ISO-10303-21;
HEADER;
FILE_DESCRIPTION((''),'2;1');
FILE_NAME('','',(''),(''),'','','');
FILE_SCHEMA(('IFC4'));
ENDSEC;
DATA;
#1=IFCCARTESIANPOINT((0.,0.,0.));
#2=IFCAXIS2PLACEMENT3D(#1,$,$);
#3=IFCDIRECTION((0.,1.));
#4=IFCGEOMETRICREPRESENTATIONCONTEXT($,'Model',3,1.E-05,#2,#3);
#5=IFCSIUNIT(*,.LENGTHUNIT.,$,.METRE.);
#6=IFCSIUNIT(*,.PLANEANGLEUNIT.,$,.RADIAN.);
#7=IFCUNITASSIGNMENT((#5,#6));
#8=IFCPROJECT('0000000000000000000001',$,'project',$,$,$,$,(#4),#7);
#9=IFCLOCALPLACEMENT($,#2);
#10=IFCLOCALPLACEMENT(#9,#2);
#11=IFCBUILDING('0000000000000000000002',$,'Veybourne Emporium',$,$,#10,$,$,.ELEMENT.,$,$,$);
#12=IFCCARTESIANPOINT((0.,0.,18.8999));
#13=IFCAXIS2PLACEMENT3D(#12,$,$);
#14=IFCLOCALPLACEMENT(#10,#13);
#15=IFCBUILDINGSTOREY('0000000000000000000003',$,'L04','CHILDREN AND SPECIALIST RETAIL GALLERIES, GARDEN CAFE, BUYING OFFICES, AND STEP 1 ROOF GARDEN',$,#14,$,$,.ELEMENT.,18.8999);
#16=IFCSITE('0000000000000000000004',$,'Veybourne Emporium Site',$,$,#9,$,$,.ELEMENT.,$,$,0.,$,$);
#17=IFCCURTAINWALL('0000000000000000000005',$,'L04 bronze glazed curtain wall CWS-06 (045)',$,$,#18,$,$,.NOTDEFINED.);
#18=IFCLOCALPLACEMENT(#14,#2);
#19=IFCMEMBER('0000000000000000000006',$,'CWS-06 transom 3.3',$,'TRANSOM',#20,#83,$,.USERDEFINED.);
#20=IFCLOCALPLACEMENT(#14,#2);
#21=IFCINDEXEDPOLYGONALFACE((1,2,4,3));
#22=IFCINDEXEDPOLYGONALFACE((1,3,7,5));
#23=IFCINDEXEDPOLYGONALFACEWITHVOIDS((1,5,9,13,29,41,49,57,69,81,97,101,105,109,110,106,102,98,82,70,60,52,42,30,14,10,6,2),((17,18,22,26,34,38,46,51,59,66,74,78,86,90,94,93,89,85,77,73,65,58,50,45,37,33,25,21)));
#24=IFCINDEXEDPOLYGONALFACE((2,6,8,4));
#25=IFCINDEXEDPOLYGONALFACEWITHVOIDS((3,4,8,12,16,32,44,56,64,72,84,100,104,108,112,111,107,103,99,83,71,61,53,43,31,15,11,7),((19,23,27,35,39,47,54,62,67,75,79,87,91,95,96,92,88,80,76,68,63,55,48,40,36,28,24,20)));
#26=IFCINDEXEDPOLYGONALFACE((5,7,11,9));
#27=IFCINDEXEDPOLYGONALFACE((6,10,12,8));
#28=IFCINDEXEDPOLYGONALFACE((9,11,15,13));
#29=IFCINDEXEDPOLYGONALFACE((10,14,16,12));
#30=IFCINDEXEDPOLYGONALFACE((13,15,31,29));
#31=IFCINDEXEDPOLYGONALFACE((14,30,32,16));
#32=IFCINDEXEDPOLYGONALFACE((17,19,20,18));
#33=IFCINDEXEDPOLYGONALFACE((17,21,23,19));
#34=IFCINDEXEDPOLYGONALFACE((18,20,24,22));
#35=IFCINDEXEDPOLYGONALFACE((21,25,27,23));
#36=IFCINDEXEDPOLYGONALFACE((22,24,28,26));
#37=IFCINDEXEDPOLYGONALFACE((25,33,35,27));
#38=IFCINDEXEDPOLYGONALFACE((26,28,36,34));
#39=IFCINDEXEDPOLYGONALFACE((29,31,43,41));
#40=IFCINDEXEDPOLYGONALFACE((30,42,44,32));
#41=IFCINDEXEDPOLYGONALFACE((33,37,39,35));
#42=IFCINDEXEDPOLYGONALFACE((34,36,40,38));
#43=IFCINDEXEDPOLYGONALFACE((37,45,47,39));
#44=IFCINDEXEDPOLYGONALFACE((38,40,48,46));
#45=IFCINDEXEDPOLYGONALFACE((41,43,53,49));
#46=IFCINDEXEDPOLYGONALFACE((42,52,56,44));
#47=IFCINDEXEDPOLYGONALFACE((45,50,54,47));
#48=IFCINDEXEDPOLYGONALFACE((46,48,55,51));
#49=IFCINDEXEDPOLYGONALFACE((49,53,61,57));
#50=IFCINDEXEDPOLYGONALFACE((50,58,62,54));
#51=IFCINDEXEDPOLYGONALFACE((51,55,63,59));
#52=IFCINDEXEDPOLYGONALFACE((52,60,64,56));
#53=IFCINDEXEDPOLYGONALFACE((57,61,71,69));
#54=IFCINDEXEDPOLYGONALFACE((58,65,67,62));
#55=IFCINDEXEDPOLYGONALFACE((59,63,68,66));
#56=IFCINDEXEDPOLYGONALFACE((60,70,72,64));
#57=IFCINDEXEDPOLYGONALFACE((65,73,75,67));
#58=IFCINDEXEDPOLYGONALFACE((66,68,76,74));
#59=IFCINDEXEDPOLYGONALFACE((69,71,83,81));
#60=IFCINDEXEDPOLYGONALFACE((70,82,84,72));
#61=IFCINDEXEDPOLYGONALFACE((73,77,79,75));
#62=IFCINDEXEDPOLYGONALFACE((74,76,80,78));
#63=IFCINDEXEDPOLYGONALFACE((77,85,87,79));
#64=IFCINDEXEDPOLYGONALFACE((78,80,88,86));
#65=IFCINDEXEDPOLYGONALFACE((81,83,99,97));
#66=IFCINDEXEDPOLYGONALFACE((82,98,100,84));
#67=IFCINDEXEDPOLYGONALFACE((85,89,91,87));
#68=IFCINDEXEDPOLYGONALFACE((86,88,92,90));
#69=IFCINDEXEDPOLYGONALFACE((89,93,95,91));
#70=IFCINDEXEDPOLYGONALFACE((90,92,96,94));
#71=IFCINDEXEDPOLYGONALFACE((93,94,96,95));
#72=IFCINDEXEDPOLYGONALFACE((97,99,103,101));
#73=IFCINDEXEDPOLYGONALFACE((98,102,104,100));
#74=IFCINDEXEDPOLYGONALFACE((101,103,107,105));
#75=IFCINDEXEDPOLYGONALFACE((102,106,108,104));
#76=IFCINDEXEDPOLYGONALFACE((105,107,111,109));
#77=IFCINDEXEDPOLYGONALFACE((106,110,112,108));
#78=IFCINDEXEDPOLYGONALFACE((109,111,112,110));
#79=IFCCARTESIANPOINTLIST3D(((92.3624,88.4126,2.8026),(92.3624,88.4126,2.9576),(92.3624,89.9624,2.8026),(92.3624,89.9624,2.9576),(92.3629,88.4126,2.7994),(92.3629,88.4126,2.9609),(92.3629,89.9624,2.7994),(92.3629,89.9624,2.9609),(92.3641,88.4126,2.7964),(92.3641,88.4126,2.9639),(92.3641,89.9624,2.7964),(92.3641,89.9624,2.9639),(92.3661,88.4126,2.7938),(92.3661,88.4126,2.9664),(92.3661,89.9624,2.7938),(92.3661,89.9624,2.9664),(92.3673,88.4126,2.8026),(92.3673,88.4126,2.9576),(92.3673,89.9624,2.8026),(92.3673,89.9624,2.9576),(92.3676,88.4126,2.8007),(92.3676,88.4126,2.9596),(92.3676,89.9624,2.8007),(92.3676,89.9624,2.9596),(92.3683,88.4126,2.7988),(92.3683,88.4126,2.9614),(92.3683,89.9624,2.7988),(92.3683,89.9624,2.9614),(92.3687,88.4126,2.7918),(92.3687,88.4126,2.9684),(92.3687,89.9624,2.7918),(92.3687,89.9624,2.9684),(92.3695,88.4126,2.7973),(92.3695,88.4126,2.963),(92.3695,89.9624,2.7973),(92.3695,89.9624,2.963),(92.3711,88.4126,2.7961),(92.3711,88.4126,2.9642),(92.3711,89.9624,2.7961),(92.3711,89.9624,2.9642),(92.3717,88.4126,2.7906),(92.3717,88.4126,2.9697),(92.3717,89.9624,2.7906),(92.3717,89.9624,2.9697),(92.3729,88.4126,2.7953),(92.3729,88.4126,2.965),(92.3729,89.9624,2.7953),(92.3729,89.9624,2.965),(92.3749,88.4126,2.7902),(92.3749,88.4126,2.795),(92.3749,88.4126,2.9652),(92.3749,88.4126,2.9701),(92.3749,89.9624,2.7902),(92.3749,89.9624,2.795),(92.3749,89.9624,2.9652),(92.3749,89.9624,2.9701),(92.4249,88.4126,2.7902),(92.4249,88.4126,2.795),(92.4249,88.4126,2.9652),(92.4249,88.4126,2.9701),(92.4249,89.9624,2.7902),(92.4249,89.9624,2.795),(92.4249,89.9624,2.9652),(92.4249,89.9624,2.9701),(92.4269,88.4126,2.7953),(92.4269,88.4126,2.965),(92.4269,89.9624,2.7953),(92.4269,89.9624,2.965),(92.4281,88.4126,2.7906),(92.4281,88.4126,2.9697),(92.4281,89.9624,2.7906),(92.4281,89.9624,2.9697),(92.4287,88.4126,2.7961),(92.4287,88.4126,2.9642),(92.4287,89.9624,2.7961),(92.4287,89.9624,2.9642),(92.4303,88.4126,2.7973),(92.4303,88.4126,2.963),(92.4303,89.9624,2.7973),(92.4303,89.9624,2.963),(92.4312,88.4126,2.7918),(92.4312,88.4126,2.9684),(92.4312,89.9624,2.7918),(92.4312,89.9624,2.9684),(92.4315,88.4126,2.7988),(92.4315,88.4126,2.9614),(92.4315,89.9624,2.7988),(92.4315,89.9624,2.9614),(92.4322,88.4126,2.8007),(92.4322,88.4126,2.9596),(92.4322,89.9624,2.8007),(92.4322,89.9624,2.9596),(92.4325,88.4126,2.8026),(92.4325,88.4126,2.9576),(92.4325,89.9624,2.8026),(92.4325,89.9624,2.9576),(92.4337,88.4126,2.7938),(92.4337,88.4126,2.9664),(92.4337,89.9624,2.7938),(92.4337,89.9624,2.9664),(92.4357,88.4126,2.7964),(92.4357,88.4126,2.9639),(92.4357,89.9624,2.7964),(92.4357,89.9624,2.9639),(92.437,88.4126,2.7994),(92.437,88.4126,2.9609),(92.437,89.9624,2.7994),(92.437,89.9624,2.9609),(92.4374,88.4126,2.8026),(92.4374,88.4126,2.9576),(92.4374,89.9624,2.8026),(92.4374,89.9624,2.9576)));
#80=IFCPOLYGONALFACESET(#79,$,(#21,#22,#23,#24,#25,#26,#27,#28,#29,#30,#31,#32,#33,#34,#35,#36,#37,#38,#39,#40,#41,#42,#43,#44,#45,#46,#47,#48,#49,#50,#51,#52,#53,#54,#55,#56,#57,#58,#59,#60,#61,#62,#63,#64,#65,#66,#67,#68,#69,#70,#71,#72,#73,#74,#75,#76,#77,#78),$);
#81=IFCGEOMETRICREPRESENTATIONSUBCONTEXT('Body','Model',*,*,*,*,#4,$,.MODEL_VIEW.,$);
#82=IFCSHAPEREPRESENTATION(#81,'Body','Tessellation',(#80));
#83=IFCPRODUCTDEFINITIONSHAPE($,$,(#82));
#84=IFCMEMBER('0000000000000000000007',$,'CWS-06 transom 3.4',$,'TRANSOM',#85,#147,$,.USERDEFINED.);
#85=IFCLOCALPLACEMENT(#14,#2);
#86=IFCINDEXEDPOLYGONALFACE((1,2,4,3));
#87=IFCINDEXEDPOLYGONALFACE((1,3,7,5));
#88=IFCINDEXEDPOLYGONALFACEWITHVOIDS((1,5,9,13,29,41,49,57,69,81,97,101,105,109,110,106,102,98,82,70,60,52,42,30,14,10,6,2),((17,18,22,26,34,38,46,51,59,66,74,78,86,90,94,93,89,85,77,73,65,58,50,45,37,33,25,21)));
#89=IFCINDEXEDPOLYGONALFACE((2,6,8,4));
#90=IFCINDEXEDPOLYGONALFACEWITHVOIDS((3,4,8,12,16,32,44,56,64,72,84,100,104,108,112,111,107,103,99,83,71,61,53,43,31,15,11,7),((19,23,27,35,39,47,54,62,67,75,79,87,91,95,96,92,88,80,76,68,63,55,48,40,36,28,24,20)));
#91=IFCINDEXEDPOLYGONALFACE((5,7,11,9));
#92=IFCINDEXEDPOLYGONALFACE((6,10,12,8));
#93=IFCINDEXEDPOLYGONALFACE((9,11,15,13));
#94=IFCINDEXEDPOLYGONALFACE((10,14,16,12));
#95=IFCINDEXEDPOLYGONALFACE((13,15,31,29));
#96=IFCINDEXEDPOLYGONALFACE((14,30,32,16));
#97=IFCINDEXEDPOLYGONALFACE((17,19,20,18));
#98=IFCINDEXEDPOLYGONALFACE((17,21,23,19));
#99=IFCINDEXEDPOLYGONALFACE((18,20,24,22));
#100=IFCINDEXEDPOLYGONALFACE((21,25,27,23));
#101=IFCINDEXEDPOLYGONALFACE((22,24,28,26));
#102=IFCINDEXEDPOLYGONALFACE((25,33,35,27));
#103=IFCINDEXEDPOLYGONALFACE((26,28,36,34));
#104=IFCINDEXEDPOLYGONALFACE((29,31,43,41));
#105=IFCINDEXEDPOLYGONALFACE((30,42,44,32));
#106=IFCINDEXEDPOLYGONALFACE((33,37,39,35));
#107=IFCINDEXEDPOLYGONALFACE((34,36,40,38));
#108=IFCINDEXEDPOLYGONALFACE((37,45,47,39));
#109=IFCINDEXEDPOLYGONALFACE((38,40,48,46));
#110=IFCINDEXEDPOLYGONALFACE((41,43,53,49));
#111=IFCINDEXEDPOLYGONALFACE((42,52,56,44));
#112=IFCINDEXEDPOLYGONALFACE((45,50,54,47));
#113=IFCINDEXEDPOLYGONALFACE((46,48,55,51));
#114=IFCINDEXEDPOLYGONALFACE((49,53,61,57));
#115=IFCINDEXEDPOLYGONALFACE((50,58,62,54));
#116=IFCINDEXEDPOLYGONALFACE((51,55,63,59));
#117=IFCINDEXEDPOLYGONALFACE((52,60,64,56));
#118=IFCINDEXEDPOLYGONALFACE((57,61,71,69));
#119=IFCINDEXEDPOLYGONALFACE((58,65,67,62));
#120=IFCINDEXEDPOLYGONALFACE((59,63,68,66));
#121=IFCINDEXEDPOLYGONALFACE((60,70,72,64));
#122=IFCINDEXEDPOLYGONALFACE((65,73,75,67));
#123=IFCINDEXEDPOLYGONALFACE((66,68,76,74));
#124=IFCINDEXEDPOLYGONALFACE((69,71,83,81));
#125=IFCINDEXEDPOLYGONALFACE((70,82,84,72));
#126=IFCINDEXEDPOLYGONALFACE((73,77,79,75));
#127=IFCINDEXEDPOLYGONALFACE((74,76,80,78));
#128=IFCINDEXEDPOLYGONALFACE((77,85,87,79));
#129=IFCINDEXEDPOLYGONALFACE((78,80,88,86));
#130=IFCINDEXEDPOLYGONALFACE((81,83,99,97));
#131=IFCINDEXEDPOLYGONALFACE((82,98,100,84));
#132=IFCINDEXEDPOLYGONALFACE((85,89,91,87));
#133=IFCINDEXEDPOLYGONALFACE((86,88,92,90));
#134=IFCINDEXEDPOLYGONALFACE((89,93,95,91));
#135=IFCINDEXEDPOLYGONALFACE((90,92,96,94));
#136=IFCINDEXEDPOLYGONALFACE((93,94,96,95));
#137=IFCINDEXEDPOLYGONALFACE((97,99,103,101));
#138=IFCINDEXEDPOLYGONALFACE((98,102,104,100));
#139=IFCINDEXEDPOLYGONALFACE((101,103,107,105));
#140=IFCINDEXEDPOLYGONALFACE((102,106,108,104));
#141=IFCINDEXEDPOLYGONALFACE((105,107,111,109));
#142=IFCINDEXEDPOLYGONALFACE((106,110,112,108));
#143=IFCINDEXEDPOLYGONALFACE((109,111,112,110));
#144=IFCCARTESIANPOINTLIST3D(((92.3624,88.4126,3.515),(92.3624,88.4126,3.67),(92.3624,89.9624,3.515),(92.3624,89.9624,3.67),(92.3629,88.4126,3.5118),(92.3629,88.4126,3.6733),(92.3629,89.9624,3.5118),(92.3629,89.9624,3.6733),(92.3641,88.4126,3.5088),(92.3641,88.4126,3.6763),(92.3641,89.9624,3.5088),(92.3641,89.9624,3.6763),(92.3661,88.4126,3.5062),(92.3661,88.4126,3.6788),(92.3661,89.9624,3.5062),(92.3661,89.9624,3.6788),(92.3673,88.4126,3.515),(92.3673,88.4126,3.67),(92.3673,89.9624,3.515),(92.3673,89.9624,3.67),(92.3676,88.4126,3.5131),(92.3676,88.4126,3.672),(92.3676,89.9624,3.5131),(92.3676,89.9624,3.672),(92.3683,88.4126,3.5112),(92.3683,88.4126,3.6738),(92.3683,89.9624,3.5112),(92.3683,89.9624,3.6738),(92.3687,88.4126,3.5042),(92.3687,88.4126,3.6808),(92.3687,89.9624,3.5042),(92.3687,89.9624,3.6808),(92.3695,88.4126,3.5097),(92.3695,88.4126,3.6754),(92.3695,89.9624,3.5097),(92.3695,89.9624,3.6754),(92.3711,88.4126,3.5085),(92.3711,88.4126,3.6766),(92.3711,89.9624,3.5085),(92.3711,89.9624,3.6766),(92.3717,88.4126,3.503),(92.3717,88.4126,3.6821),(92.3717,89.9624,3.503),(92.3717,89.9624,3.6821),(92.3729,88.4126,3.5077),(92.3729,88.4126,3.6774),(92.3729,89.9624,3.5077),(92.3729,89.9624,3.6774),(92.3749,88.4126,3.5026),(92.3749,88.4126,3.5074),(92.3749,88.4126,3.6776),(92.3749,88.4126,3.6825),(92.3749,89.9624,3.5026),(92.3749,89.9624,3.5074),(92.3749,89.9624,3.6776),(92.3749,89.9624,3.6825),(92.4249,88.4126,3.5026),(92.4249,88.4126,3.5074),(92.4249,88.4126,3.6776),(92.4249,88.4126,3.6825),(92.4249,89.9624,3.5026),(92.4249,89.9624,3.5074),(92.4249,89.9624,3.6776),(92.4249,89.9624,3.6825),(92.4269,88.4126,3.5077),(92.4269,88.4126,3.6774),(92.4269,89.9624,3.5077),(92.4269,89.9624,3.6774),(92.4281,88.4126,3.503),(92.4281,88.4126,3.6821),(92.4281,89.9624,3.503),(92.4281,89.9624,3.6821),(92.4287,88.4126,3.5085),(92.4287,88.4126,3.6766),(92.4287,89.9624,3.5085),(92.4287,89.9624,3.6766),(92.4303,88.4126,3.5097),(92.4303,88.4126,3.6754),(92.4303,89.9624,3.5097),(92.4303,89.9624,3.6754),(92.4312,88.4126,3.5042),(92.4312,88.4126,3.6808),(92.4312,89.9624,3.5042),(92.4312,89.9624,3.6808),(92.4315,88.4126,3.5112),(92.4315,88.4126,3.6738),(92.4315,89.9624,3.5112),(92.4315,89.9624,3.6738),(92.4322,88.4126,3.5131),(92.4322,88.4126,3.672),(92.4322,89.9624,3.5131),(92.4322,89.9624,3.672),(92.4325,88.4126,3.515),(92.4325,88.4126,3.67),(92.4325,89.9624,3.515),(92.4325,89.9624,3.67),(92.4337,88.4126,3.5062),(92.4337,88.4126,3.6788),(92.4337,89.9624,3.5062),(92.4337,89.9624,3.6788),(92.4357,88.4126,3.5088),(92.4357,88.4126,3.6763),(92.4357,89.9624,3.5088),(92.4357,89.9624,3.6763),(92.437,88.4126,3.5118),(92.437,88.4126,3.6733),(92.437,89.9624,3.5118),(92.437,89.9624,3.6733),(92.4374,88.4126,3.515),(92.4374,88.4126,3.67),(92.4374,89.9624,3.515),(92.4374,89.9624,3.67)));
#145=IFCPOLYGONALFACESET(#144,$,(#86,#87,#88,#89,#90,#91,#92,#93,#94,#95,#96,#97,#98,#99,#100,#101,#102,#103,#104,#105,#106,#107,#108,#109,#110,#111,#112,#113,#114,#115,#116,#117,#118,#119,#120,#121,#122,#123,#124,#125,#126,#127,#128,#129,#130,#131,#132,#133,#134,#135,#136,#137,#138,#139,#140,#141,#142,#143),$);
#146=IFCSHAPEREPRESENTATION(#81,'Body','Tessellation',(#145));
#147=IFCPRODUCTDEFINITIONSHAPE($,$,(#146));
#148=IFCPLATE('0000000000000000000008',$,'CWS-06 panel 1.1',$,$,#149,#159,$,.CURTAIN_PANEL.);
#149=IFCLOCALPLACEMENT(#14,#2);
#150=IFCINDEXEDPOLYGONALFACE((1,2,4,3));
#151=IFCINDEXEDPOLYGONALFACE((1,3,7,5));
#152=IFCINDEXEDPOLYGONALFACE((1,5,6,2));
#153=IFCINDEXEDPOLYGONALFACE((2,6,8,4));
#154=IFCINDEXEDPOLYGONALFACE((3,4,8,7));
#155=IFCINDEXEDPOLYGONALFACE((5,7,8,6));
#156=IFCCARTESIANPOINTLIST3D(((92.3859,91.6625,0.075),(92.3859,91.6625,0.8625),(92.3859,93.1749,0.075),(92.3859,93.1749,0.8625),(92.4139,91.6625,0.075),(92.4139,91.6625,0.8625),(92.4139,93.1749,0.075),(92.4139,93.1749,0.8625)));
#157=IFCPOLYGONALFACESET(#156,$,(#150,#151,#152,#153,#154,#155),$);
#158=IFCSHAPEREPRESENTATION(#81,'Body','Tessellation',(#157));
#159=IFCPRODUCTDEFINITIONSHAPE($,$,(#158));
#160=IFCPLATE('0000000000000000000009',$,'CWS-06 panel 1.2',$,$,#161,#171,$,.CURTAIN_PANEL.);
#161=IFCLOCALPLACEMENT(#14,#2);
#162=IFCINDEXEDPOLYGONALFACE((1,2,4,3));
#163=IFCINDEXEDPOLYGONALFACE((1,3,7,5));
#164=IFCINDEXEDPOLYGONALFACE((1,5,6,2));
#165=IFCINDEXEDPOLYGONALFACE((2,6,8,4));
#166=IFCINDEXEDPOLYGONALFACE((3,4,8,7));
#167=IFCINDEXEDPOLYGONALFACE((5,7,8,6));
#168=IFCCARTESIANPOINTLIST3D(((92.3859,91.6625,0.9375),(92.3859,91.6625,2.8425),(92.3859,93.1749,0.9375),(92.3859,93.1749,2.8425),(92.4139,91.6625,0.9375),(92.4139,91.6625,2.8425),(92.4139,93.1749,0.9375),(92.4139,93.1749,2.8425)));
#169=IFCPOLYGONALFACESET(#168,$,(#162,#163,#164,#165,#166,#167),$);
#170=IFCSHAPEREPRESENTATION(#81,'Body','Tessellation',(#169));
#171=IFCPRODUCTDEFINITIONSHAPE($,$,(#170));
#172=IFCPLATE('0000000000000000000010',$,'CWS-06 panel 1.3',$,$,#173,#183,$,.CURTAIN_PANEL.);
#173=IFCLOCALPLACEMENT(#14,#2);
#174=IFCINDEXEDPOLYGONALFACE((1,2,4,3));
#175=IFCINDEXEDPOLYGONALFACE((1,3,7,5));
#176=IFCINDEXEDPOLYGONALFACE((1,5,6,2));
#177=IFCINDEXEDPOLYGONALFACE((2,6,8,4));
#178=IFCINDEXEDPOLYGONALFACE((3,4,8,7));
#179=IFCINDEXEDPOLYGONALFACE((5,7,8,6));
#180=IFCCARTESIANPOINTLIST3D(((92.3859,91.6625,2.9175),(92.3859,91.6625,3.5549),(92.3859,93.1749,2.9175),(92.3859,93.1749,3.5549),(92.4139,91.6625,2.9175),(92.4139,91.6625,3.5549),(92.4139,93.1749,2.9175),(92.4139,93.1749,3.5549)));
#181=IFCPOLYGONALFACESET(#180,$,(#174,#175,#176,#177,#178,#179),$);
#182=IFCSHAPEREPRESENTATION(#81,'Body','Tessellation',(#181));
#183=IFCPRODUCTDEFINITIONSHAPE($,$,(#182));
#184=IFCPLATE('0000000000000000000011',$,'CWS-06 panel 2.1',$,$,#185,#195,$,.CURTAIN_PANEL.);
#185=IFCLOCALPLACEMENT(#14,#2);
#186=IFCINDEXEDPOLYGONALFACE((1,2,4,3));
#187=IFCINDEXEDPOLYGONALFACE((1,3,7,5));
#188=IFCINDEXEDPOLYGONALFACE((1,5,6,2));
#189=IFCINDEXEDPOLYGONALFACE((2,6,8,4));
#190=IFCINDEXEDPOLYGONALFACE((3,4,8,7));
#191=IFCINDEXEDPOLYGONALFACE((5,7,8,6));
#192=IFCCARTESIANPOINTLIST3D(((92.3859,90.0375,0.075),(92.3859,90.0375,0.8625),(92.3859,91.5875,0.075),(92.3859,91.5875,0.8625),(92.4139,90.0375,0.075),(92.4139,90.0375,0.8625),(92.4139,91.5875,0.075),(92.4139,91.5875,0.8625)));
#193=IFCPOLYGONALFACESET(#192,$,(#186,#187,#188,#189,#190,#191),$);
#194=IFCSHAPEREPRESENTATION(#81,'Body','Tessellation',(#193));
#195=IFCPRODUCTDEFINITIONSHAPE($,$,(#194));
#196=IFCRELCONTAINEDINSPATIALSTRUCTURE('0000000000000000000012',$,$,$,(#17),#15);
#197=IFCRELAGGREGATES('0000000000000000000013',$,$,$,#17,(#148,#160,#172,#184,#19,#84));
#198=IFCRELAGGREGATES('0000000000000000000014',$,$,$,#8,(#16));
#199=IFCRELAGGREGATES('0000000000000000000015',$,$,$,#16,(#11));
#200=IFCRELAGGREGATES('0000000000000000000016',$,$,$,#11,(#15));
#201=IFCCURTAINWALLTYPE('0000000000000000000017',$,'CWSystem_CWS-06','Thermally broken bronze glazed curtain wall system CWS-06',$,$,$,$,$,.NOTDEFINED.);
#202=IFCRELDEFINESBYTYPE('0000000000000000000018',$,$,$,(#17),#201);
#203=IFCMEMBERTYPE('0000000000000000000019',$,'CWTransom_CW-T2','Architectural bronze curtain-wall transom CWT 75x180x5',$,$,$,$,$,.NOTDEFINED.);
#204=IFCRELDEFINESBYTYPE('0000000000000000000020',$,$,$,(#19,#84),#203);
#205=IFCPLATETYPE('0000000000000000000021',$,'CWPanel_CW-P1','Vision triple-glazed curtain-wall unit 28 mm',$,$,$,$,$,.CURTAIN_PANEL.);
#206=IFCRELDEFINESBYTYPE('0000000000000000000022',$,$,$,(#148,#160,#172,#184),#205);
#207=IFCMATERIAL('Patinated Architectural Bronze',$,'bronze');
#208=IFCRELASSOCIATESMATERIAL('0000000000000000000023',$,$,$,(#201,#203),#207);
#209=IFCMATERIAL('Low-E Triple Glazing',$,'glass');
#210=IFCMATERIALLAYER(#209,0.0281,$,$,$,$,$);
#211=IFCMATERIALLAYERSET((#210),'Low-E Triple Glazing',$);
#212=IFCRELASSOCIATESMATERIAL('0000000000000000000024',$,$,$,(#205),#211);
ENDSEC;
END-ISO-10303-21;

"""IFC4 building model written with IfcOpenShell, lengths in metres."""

from ifc_helpers import new_model, si_unit, direction, frame, origin, origin_2d, place, context, subcontext, project, spatial, rectangle, hollow_rectangle, extrude, material, layer, layer_set, material_profile, profile_set, type_object, element, aggregate, save


model = new_model("IFC4")

# Units and contexts
model_context = context("Model", 3, precision=1e-05, world=origin(), true_north=direction((0.0, 1.0)))
body_context = subcontext(model_context, "Body", "Model", "MODEL_VIEW")
ifc_project = project(units=[si_unit("LENGTHUNIT", "METRE"), si_unit("PLANEANGLEUNIT", "RADIAN")], contexts=[model_context])

# Site, building, storey
site_placement = place(None, origin())
site = spatial("IfcSite", under=ifc_project, at=site_placement, Name="Veybourne Emporium Site", CompositionType="ELEMENT", RefElevation=0.0)
building_placement = place(site_placement, origin())
building = spatial("IfcBuilding", under=site, at=building_placement, Name="Veybourne Emporium", CompositionType="ELEMENT")
storey_placement = place(building_placement, frame((0.0, 0.0, 18.8999)))
storey = spatial("IfcBuildingStorey", under=building, at=storey_placement, Name="L04", Description="CHILDREN AND SPECIALIST RETAIL GALLERIES, GARDEN CAFE, BUYING OFFICES, AND STEP 1 ROOF GARDEN", CompositionType="ELEMENT", Elevation=18.8999)

# Curtain wall, members, plates
ifc_material_1 = material(Name="Patinated Architectural Bronze", Category="bronze")
curtain_wall_type = type_object("IfcCurtainWallType", Name="CWSystem_CWS-06", Description="Thermally broken bronze glazed curtain wall system CWS-06", PredefinedType="NOTDEFINED", material=ifc_material_1)
curtain_wall_placement = place(storey_placement, origin())
curtain_wall = element("IfcCurtainWall", 1, at=curtain_wall_placement, inside=storey, type_object=curtain_wall_type, Name="L04 bronze glazed curtain wall CWS-06 (045)", PredefinedType="NOTDEFINED")
ifc_material_profile_1 = material_profile(ifc_material_1, hollow_rectangle(XDim=0.075, YDim=0.1799, WallThickness=0.0049, InnerFilletRadius=0.0076, OuterFilletRadius=0.0125, at=origin_2d()), Name="CWT 75x180x5")
ifc_profile_set_1 = profile_set([ifc_material_profile_1], Name="Patinated Architectural Bronze")
member_type_1 = type_object("IfcMemberType", Name="CWTransom_CW-T2", Description="Architectural bronze curtain-wall transom CWT 75x180x5", PredefinedType="NOTDEFINED", material=ifc_profile_set_1)
member_1_placement = place(storey_placement, frame((92.3999, 89.9624, 2.8801), z_axis=(0.0, -1.0, 0.0), x_axis=(1.0, 0.0, 0.0)))
member_1 = element("IfcMember", 2, at=member_1_placement, type_object=member_type_1, Name="CWS-06 transom 3.3", ObjectType="TRANSOM", PredefinedType="USERDEFINED", context=body_context, shape_type="SweptSolid", body=[
    extrude(hollow_rectangle(XDim=0.075, YDim=0.1799, WallThickness=0.0049, InnerFilletRadius=0.0076, OuterFilletRadius=0.0125, at=origin_2d()), origin(), (0.0, 0.0, 1.0), 1.5498),
])
member_2_placement = place(storey_placement, frame((92.3999, 89.9624, 3.5925), z_axis=(0.0, -1.0, 0.0), x_axis=(1.0, 0.0, 0.0)))
member_2 = element("IfcMember", 3, at=member_2_placement, type_object=member_type_1, Name="CWS-06 transom 3.4", ObjectType="TRANSOM", PredefinedType="USERDEFINED", context=body_context, shape_type="SweptSolid", body=[
    extrude(hollow_rectangle(XDim=0.075, YDim=0.1799, WallThickness=0.0049, InnerFilletRadius=0.0076, OuterFilletRadius=0.0125, at=origin_2d()), origin(), (0.0, 0.0, 1.0), 1.5498),
])
ifc_material_2 = material(Name="Low-E Triple Glazing", Category="glass")
ifc_layer_1 = layer(ifc_material_2, 0.0281)
ifc_layer_set_1 = layer_set([ifc_layer_1], Name="Low-E Triple Glazing")
plate_type = type_object("IfcPlateType", Name="CWPanel_CW-P1", Description="Vision triple-glazed curtain-wall unit 28 mm", PredefinedType="CURTAIN_PANEL", material=ifc_layer_set_1)
plate_1_placement = place(storey_placement, frame((92.3999, 92.4187, 0.075), z_axis=(0.0, 0.0, 1.0), x_axis=(0.0, -1.0, 0.0)))
plate_1 = element("IfcPlate", 4, at=plate_1_placement, type_object=plate_type, Name="CWS-06 panel 1.1", PredefinedType="CURTAIN_PANEL", context=body_context, shape_type="SweptSolid", body=[
    extrude(rectangle(XDim=1.5125, YDim=0.0281, at=origin_2d()), origin(), (0.0, 0.0, 1.0), 0.7876),
])
plate_2_placement = place(storey_placement, frame((92.3999, 92.4187, 0.9375), z_axis=(0.0, 0.0, 1.0), x_axis=(0.0, -1.0, 0.0)))
plate_2 = element("IfcPlate", 5, at=plate_2_placement, type_object=plate_type, Name="CWS-06 panel 1.2", PredefinedType="CURTAIN_PANEL", context=body_context, shape_type="SweptSolid", body=[
    extrude(rectangle(XDim=1.5125, YDim=0.0281, at=origin_2d()), origin(), (0.0, 0.0, 1.0), 1.905),
])
plate_3_placement = place(storey_placement, frame((92.3999, 92.4187, 2.9175), z_axis=(0.0, 0.0, 1.0), x_axis=(0.0, -1.0, 0.0)))
plate_3 = element("IfcPlate", 6, at=plate_3_placement, type_object=plate_type, Name="CWS-06 panel 1.3", PredefinedType="CURTAIN_PANEL", context=body_context, shape_type="SweptSolid", body=[
    extrude(rectangle(XDim=1.5125, YDim=0.0281, at=origin_2d()), origin(), (0.0, 0.0, 1.0), 0.6375),
])
plate_4_placement = place(storey_placement, frame((92.3999, 90.8125, 0.075), z_axis=(0.0, 0.0, 1.0), x_axis=(0.0, -1.0, 0.0)))
plate_4 = element("IfcPlate", 7, at=plate_4_placement, type_object=plate_type, Name="CWS-06 panel 2.1", PredefinedType="CURTAIN_PANEL", context=body_context, shape_type="SweptSolid", body=[
    extrude(rectangle(XDim=1.55, YDim=0.0281, at=origin_2d()), origin(), (0.0, 0.0, 1.0), 0.7876),
])
aggregate(curtain_wall, [plate_1, plate_2, plate_3, plate_4, member_1, member_2])

save(model, "model.ifc")
